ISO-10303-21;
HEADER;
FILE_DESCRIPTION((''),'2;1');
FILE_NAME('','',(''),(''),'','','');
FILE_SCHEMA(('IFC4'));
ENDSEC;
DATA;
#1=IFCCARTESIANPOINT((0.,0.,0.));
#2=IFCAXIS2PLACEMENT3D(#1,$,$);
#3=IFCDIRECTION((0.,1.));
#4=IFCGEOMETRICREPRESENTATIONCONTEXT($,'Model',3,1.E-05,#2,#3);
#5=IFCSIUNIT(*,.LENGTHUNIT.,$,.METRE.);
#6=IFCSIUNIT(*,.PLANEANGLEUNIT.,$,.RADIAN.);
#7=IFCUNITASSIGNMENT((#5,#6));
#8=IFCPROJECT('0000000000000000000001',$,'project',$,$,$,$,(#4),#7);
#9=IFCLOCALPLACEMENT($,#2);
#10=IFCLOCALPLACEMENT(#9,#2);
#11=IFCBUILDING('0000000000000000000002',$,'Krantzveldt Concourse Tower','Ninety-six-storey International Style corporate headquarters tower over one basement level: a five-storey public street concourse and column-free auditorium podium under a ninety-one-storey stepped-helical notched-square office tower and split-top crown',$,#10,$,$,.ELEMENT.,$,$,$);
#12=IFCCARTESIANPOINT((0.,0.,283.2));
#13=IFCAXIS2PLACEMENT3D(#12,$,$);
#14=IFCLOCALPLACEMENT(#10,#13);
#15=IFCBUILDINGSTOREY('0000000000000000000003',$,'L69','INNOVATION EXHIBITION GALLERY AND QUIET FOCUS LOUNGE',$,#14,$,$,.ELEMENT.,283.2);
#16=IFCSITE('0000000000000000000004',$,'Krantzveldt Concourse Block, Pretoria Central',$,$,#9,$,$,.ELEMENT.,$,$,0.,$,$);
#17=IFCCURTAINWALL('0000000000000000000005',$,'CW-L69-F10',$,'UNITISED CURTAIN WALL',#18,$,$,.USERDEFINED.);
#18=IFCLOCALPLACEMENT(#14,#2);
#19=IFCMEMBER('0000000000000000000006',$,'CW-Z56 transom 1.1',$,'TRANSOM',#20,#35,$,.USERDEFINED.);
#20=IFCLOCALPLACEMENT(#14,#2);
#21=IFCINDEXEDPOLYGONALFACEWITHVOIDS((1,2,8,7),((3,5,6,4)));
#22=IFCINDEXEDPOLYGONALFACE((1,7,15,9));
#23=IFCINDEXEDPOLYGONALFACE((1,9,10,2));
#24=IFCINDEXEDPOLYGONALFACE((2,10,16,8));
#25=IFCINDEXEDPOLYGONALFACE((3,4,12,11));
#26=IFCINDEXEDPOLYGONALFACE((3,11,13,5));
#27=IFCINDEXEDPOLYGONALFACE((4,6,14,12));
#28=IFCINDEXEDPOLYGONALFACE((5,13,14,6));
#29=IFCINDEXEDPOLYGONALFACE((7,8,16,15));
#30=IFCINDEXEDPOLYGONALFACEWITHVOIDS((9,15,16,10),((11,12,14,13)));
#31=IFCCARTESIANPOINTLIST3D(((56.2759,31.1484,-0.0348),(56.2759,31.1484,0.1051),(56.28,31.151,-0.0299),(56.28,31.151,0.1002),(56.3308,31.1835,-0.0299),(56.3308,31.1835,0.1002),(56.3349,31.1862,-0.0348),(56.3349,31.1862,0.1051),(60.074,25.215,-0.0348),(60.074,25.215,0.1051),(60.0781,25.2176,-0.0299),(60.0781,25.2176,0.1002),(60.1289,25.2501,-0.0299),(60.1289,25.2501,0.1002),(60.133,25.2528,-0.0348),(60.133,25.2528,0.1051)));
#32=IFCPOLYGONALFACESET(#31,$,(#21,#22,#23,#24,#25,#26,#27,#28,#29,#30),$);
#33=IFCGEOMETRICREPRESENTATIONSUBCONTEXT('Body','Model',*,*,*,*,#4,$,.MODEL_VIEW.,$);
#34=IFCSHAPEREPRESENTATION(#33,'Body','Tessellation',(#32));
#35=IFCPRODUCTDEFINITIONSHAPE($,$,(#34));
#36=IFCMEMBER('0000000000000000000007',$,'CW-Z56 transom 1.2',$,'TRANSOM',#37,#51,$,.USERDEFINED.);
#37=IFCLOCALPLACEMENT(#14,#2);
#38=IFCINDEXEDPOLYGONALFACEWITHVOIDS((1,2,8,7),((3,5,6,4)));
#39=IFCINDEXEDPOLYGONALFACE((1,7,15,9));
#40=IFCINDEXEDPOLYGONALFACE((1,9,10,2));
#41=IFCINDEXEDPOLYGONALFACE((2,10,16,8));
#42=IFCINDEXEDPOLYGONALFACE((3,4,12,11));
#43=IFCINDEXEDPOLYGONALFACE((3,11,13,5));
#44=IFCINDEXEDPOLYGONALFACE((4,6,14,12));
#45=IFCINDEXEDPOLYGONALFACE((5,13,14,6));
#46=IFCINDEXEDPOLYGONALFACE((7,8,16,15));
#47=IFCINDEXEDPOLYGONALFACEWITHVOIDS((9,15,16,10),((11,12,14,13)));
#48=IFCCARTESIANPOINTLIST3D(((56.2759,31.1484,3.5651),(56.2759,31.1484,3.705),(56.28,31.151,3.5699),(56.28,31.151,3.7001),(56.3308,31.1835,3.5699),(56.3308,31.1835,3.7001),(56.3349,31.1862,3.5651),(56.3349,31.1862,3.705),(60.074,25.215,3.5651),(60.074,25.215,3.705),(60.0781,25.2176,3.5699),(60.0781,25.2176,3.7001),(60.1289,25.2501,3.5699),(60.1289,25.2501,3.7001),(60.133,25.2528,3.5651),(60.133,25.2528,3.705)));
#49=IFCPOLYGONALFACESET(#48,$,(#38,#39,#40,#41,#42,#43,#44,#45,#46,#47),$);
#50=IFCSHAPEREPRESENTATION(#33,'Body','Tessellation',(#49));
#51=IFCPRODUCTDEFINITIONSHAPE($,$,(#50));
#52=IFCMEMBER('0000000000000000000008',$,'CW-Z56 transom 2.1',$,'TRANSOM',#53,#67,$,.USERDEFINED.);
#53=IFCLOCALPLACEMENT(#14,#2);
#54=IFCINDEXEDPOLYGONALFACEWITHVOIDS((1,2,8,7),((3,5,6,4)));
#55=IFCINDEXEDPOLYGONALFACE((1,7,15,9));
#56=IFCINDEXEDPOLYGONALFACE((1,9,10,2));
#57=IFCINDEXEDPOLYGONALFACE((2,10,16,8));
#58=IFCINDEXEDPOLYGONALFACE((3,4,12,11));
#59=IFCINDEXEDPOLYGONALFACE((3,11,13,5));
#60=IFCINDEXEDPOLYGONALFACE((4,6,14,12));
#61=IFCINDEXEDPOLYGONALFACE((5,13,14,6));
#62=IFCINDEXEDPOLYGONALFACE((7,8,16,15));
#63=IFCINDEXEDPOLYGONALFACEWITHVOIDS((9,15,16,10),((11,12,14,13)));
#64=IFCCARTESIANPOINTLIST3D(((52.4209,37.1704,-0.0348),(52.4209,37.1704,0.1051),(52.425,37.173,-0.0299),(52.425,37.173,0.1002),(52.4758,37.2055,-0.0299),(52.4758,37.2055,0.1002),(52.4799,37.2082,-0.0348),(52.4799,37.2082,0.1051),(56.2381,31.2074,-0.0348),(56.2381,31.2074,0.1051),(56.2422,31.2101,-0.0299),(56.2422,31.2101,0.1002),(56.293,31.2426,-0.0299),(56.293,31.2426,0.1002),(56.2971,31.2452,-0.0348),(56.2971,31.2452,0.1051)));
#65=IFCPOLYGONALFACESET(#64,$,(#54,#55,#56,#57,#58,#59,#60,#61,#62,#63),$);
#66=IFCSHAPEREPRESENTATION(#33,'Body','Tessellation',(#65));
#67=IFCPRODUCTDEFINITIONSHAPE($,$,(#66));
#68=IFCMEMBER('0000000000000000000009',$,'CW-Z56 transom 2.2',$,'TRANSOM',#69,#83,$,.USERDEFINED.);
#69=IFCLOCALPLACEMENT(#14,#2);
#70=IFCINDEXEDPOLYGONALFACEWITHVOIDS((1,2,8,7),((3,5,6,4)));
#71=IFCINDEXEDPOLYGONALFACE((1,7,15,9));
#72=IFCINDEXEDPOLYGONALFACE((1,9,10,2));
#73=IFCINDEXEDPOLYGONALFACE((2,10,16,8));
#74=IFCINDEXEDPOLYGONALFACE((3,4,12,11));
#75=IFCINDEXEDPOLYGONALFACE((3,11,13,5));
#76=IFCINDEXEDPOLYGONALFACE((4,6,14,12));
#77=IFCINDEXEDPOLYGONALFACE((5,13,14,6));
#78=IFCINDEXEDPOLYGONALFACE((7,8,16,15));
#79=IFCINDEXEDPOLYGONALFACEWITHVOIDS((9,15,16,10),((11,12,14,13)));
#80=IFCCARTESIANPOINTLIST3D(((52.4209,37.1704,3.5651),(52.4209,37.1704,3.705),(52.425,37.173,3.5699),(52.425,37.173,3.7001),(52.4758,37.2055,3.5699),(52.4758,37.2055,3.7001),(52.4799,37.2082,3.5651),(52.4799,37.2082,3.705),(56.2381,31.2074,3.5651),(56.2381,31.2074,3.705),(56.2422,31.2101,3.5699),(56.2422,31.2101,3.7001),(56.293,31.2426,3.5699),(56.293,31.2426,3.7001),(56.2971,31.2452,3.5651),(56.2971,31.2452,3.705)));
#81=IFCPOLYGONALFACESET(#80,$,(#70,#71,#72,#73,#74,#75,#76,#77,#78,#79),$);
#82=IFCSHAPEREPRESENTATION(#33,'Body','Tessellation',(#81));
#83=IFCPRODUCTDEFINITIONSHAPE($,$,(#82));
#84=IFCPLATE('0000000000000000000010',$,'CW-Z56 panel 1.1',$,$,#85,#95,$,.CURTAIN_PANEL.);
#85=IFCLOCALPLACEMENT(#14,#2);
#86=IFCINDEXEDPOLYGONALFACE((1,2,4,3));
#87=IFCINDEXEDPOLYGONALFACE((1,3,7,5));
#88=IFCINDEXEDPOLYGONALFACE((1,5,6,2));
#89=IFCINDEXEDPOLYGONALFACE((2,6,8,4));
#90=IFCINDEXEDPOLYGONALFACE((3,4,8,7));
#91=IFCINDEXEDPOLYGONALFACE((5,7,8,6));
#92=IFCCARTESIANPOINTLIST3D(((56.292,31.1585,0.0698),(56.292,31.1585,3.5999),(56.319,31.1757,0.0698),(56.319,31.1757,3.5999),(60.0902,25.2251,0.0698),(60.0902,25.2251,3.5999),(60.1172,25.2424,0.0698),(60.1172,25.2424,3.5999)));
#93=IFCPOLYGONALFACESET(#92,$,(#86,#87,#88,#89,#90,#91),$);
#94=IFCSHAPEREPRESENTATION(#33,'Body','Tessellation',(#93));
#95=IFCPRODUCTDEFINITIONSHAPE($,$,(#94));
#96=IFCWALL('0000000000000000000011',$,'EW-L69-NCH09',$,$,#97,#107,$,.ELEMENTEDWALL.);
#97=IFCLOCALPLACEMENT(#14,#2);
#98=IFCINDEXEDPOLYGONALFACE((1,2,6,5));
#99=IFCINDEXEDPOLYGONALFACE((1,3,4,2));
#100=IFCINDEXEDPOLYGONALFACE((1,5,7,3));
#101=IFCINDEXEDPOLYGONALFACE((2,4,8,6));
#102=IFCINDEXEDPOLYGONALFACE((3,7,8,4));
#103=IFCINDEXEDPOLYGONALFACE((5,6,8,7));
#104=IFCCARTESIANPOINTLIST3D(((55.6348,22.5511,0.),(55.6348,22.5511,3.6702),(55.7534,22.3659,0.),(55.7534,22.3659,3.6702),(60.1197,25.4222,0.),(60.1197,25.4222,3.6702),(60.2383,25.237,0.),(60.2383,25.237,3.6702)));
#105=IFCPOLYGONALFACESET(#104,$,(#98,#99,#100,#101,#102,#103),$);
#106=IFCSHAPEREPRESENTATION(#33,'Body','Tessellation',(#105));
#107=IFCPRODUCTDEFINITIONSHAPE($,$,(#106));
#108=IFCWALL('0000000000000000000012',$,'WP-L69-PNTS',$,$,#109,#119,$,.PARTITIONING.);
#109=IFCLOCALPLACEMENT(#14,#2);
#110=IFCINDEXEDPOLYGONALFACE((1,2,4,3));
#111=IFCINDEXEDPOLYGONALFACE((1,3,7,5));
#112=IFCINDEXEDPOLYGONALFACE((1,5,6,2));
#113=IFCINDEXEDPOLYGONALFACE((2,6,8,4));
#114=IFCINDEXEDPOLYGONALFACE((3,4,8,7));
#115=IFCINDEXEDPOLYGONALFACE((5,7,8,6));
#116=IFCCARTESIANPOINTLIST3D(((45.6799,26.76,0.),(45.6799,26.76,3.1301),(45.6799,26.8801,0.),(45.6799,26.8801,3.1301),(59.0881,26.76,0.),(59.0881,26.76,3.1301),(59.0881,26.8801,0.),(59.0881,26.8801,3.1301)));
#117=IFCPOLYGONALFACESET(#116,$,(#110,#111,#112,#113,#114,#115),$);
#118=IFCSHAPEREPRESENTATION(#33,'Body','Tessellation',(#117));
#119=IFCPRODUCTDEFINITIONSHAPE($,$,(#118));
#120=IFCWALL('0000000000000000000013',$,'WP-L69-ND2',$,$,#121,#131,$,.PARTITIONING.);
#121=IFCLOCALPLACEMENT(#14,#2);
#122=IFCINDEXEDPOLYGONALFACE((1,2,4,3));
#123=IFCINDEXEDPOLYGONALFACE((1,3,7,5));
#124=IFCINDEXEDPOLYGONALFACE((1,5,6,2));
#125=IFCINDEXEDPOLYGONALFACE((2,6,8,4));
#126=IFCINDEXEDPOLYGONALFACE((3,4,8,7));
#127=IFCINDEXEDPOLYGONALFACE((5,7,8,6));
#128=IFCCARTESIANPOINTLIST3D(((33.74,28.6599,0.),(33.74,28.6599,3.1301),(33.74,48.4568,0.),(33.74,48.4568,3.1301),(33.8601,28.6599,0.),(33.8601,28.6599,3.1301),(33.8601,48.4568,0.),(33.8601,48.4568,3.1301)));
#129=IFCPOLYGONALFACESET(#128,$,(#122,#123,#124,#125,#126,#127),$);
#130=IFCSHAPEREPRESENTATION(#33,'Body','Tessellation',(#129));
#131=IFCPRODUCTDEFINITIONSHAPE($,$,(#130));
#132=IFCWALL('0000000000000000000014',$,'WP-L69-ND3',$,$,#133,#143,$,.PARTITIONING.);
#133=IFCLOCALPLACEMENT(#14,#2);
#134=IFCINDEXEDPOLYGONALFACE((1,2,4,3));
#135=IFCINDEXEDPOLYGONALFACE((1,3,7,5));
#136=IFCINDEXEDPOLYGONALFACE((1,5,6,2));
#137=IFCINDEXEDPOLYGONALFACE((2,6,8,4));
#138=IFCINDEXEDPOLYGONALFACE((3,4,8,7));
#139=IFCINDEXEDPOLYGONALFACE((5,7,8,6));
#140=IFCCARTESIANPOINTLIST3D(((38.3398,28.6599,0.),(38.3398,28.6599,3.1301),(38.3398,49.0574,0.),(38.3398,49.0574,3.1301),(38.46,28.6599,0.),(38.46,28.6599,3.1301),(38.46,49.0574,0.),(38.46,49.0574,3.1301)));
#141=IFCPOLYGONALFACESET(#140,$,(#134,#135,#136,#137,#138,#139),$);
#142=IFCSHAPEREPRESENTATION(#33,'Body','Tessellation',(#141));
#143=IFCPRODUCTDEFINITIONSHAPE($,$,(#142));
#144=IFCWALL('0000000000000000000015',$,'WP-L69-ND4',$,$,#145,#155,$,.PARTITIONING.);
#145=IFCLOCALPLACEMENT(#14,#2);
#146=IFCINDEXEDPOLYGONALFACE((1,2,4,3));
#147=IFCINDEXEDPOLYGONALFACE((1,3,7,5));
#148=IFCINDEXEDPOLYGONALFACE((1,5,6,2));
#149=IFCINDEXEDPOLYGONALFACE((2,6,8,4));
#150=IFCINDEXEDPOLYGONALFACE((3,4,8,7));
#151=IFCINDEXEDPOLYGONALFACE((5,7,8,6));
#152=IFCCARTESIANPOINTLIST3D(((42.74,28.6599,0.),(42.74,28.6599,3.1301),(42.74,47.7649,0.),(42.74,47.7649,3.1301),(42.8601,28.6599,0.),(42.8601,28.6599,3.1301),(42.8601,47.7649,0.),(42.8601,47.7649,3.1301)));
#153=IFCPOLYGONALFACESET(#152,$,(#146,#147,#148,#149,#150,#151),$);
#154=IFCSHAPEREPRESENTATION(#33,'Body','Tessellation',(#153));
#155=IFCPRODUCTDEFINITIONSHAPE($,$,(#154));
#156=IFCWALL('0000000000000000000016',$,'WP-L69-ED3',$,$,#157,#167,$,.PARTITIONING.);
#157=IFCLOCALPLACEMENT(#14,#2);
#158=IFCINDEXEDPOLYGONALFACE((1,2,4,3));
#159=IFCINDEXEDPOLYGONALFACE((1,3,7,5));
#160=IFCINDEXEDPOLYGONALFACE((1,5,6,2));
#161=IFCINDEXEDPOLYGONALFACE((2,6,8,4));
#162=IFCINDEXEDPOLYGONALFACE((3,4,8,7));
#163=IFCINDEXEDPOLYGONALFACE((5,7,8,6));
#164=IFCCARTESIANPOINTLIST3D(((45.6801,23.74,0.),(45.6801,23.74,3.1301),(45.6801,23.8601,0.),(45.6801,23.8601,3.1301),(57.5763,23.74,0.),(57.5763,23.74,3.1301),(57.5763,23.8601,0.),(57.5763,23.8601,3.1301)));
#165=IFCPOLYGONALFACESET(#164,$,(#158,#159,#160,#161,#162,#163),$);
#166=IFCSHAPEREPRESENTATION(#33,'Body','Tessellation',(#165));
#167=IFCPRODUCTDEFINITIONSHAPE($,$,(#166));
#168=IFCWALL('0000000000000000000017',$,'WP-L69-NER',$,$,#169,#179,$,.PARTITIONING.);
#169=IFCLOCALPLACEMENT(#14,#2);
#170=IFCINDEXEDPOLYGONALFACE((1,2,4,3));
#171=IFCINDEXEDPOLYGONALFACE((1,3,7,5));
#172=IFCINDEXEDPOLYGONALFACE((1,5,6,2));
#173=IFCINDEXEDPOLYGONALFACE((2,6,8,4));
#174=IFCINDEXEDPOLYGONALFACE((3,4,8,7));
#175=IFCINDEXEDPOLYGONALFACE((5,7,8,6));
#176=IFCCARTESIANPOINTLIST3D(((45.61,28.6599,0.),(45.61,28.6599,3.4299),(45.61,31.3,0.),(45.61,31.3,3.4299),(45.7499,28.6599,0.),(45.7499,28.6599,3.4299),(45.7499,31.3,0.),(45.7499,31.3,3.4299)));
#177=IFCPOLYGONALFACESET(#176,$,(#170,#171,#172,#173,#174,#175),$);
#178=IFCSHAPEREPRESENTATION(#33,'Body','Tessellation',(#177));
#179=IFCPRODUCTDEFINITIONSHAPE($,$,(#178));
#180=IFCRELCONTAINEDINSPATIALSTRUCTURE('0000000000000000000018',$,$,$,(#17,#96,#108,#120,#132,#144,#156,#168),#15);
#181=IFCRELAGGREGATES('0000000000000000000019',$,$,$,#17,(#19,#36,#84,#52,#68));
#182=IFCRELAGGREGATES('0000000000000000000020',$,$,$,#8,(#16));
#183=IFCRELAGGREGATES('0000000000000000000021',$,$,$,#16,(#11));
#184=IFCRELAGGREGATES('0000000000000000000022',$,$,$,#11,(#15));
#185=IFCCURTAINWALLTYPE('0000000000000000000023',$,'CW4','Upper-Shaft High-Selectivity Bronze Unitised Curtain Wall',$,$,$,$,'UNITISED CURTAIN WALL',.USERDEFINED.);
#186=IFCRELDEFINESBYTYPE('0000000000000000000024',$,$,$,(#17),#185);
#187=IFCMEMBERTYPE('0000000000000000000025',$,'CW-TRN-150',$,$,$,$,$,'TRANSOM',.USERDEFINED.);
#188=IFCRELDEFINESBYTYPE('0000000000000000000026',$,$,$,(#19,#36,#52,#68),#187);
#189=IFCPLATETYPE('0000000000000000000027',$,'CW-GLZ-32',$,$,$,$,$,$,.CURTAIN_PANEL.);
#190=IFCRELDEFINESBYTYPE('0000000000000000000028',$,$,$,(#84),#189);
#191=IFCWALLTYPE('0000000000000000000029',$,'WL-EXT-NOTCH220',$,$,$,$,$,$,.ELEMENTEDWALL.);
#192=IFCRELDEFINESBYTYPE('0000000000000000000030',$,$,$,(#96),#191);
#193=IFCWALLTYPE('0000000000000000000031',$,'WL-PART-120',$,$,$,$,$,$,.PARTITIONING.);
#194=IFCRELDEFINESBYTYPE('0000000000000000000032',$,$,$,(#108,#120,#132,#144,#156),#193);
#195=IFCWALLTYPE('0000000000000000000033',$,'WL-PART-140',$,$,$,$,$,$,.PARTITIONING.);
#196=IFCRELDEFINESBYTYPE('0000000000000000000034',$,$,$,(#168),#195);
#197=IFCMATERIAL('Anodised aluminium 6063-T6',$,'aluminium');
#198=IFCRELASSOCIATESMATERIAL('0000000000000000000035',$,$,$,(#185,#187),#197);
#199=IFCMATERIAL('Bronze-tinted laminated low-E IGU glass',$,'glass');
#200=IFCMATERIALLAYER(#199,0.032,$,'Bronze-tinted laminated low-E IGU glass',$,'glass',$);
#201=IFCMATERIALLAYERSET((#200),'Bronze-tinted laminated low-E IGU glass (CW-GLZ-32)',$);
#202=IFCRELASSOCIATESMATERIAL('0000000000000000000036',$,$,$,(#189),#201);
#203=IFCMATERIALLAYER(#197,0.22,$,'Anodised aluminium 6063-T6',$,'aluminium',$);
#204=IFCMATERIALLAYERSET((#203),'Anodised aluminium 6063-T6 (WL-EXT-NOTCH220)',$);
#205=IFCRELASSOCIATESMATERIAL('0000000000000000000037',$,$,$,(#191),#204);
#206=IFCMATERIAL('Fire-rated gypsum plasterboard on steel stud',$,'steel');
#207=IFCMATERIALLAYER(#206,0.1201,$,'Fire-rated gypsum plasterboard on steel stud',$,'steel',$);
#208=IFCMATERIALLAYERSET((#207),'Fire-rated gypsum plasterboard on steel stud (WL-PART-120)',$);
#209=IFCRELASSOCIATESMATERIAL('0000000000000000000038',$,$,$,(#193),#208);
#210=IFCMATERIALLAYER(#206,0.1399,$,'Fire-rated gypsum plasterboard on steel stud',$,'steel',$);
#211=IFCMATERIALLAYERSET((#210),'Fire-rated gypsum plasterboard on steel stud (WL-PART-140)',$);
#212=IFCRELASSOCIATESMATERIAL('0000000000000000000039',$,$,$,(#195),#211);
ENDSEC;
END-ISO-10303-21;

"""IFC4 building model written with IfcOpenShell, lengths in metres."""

from ifc_helpers import new_model, si_unit, direction, frame, frame_2d, origin, origin_2d, place, context, subcontext, project, spatial, rectangle, hollow_rectangle, extrude, source, transform, mapped, material, layer, layer_set, material_profile, profile_set, type_object, type_shapes, element, aggregate, save


model = new_model("IFC4")

# Units and contexts
model_context = context("Model", 3, precision=1e-05, world=origin(), true_north=direction((0.0, 1.0)))
body_context = subcontext(model_context, "Body", "Model", "MODEL_VIEW")
ifc_project = project(units=[si_unit("LENGTHUNIT", "METRE"), si_unit("PLANEANGLEUNIT", "RADIAN")], contexts=[model_context])

# Site, building, storey
site_placement = place(None, origin())
site = spatial("IfcSite", under=ifc_project, at=site_placement, Name="Krantzveldt Concourse Block, Pretoria Central", CompositionType="ELEMENT", RefElevation=0.0)
building_placement = place(site_placement, origin())
building = spatial("IfcBuilding", under=site, at=building_placement, Name="Krantzveldt Concourse Tower", Description="Ninety-six-storey International Style corporate headquarters tower over one basement level: a five-storey public street concourse and column-free auditorium podium under a ninety-one-storey stepped-helical notched-square office tower and split-top crown", CompositionType="ELEMENT")
storey_placement = place(building_placement, frame((0.0, 0.0, 283.2)))
storey = spatial("IfcBuildingStorey", under=building, at=storey_placement, Name="L69", Description="INNOVATION EXHIBITION GALLERY AND QUIET FOCUS LOUNGE", CompositionType="ELEMENT", Elevation=283.2)

# Curtain wall, members, plate
ifc_material_1 = material(Name="Anodised aluminium 6063-T6", Category="aluminium")
curtain_wall_type = type_object("IfcCurtainWallType", Name="CW4", Description="Upper-Shaft High-Selectivity Bronze Unitised Curtain Wall", ElementType="UNITISED CURTAIN WALL", PredefinedType="USERDEFINED", material=ifc_material_1)
curtain_wall_placement = place(storey_placement, origin())
curtain_wall = element("IfcCurtainWall", 1, at=curtain_wall_placement, inside=storey, type_object=curtain_wall_type, Name="CW-L69-F10", ObjectType="UNITISED CURTAIN WALL", PredefinedType="USERDEFINED")
ifc_material_profile_1 = material_profile(ifc_material_1, hollow_rectangle(XDim=0.0701, YDim=0.1399, WallThickness=0.0049, at=origin_2d()), Name="Anodised aluminium 6063-T6", Category="aluminium")
ifc_profile_set_1 = profile_set([ifc_material_profile_1], Name="Anodised aluminium 6063-T6 - ALU-TRAN 140x70x5")
member_type_1 = type_object("IfcMemberType", Name="CW-TRN-150", ElementType="TRANSOM", PredefinedType="USERDEFINED", material=ifc_profile_set_1)
shared_shape_1 = source(origin(), body_context, "Body", "SweptSolid", [
    extrude(hollow_rectangle(XDim=0.0701, YDim=0.1399, WallThickness=0.0049, at=origin_2d()), origin(), (0.0, 0.0, 1.0), 7.0449),
])
member_1_placement = place(storey_placement, frame((60.1035, 25.2339, 0.0352), z_axis=(-0.539129, 0.842223, 0.0), x_axis=(-0.842223, -0.539129, 0.0)))
member_1 = element("IfcMember", 2, at=member_1_placement, type_object=member_type_1, Name="CW-Z56 transom 1.1", ObjectType="TRANSOM", PredefinedType="USERDEFINED", context=body_context, shape_type="MappedRepresentation", body=[
    mapped(shared_shape_1, transform((0.0, 0.0, 0.0), x_axis=(1.0, 0.0, 0.0), y_axis=(0.0, 1.0, 0.0), z_axis=(0.0, 0.0, 1.0), scale=1.0)),
])
member_2_placement = place(storey_placement, frame((60.1035, 25.2339, 3.635), z_axis=(-0.539129, 0.842223, 0.0), x_axis=(-0.842223, -0.539129, 0.0)))
member_2 = element("IfcMember", 3, at=member_2_placement, type_object=member_type_1, Name="CW-Z56 transom 1.2", ObjectType="TRANSOM", PredefinedType="USERDEFINED", context=body_context, shape_type="MappedRepresentation", body=[
    mapped(shared_shape_1, transform((0.0, 0.0, 0.0), x_axis=(1.0, 0.0, 0.0), y_axis=(0.0, 1.0, 0.0), z_axis=(0.0, 0.0, 1.0), scale=1.0)),
])
shared_shape_2 = source(origin(), body_context, "Body", "SweptSolid", [
    extrude(hollow_rectangle(XDim=0.0701, YDim=0.1399, WallThickness=0.0049, at=origin_2d()), origin(), (0.0, 0.0, 1.0), 7.0801),
])
type_shapes(member_type_1, [shared_shape_1, shared_shape_2])
member_3_placement = place(storey_placement, frame((56.2676, 31.2263, 0.0352), z_axis=(-0.539143, 0.842214, 0.0), x_axis=(-0.842214, -0.539143, 0.0)))
member_3 = element("IfcMember", 4, at=member_3_placement, type_object=member_type_1, Name="CW-Z56 transom 2.1", ObjectType="TRANSOM", PredefinedType="USERDEFINED", context=body_context, shape_type="MappedRepresentation", body=[
    mapped(shared_shape_2, transform((0.0, 0.0, 0.0), x_axis=(1.0, 0.0, 0.0), y_axis=(0.0, 1.0, 0.0), z_axis=(0.0, 0.0, 1.0), scale=1.0)),
])
member_4_placement = place(storey_placement, frame((56.2676, 31.2263, 3.635), z_axis=(-0.539143, 0.842214, 0.0), x_axis=(-0.842214, -0.539143, 0.0)))
member_4 = element("IfcMember", 5, at=member_4_placement, type_object=member_type_1, Name="CW-Z56 transom 2.2", ObjectType="TRANSOM", PredefinedType="USERDEFINED", context=body_context, shape_type="MappedRepresentation", body=[
    mapped(shared_shape_2, transform((0.0, 0.0, 0.0), x_axis=(1.0, 0.0, 0.0), y_axis=(0.0, 1.0, 0.0), z_axis=(0.0, 0.0, 1.0), scale=1.0)),
])
ifc_material_2 = material(Name="Bronze-tinted laminated low-E IGU glass", Category="glass")
ifc_layer_1 = layer(ifc_material_2, 0.032, Name="Bronze-tinted laminated low-E IGU glass", Category="glass")
ifc_layer_set_1 = layer_set([ifc_layer_1], Name="Bronze-tinted laminated low-E IGU glass (CW-GLZ-32)")
plate_type = type_object("IfcPlateType", Name="CW-GLZ-32", PredefinedType="CURTAIN_PANEL", material=ifc_layer_set_1)
shared_shape_3 = source(origin(), body_context, "Body", "SweptSolid", [
    extrude(rectangle(XDim=7.0449, YDim=0.032, at=origin_2d()), origin(), (0.0, 0.0, 1.0), 3.53),
])
type_shapes(plate_type, [shared_shape_3])
plate_placement = place(storey_placement, frame((58.2046, 28.2004, 0.0698), z_axis=(0.0, 0.0, 1.0), x_axis=(-0.539138, 0.842217, 0.0)))
plate = element("IfcPlate", 6, at=plate_placement, type_object=plate_type, Name="CW-Z56 panel 1.1", PredefinedType="CURTAIN_PANEL", context=body_context, shape_type="MappedRepresentation", body=[
    mapped(shared_shape_3, transform((0.0, 0.0, 0.0), x_axis=(1.0, 0.0, 0.0), y_axis=(0.0, 1.0, 0.0), z_axis=(0.0, 0.0, 1.0), scale=1.0)),
])
aggregate(curtain_wall, [member_1, member_2, plate, member_3, member_4])

# Walls
ifc_layer_2 = layer(ifc_material_1, 0.22, Name="Anodised aluminium 6063-T6", Category="aluminium")
ifc_layer_set_2 = layer_set([ifc_layer_2], Name="Anodised aluminium 6063-T6 (WL-EXT-NOTCH220)")
wall_type_1 = type_object("IfcWallType", Name="WL-EXT-NOTCH220", PredefinedType="ELEMENTEDWALL", material=ifc_layer_set_2)
wall_1_placement = place(storey_placement, frame((55.6941, 22.4585, 0.0), z_axis=(0.0, 0.0, 1.0), x_axis=(0.842205, 0.539158, 0.0)))
element("IfcWall", 7, at=wall_1_placement, inside=storey, type_object=wall_type_1, Name="EW-L69-NCH09", PredefinedType="ELEMENTEDWALL", context=body_context, shape_type="SweptSolid", body=[
    extrude(rectangle(XDim=5.3252, YDim=0.22, at=frame_2d((2.6626, 0.0))), origin(), (0.0, 0.0, 1.0), 3.6702),
])
ifc_material_3 = material(Name="Fire-rated gypsum plasterboard on steel stud", Category="steel")
ifc_layer_3 = layer(ifc_material_3, 0.1201, Name="Fire-rated gypsum plasterboard on steel stud", Category="steel")
ifc_layer_set_3 = layer_set([ifc_layer_3], Name="Fire-rated gypsum plasterboard on steel stud (WL-PART-120)")
wall_type_2 = type_object("IfcWallType", Name="WL-PART-120", PredefinedType="PARTITIONING", material=ifc_layer_set_3)
wall_2_placement = place(storey_placement, frame((45.6799, 26.8201, 0.0), z_axis=(0.0, 0.0, 1.0), x_axis=(1.0, 0.0, 0.0)))
element("IfcWall", 8, at=wall_2_placement, inside=storey, type_object=wall_type_2, Name="WP-L69-PNTS", PredefinedType="PARTITIONING", context=body_context, shape_type="SweptSolid", body=[
    extrude(rectangle(XDim=13.4082, YDim=0.1201, at=frame_2d((6.7041, 0.0))), origin(), (0.0, 0.0, 1.0), 3.1301),
])
wall_3_placement = place(storey_placement, frame((33.8, 28.6599, 0.0), z_axis=(0.0, 0.0, 1.0), x_axis=(0.0, 1.0, 0.0)))
element("IfcWall", 9, at=wall_3_placement, inside=storey, type_object=wall_type_2, Name="WP-L69-ND2", PredefinedType="PARTITIONING", context=body_context, shape_type="SweptSolid", body=[
    extrude(rectangle(XDim=19.7969, YDim=0.1201, at=frame_2d((9.8984, 0.0))), origin(), (0.0, 0.0, 1.0), 3.1301),
])
wall_4_placement = place(storey_placement, frame((38.3999, 28.6599, 0.0), z_axis=(0.0, 0.0, 1.0), x_axis=(0.0, 1.0, 0.0)))
element("IfcWall", 10, at=wall_4_placement, inside=storey, type_object=wall_type_2, Name="WP-L69-ND3", PredefinedType="PARTITIONING", context=body_context, shape_type="SweptSolid", body=[
    extrude(rectangle(XDim=20.3975, YDim=0.1201, at=frame_2d((10.1987, 0.0))), origin(), (0.0, 0.0, 1.0), 3.1301),
])
wall_5_placement = place(storey_placement, frame((42.8, 28.6599, 0.0), z_axis=(0.0, 0.0, 1.0), x_axis=(0.0, 1.0, 0.0)))
element("IfcWall", 11, at=wall_5_placement, inside=storey, type_object=wall_type_2, Name="WP-L69-ND4", PredefinedType="PARTITIONING", context=body_context, shape_type="SweptSolid", body=[
    extrude(rectangle(XDim=19.105, YDim=0.1201, at=frame_2d((9.5525, 0.0))), origin(), (0.0, 0.0, 1.0), 3.1301),
])
wall_6_placement = place(storey_placement, frame((45.6799, 23.8, 0.0), z_axis=(0.0, 0.0, 1.0), x_axis=(1.0, 0.0, 0.0)))
element("IfcWall", 12, at=wall_6_placement, inside=storey, type_object=wall_type_2, Name="WP-L69-ED3", PredefinedType="PARTITIONING", context=body_context, shape_type="SweptSolid", body=[
    extrude(rectangle(XDim=11.8962, YDim=0.1201, at=frame_2d((5.9482, 0.0))), origin(), (0.0, 0.0, 1.0), 3.1301),
])
ifc_layer_4 = layer(ifc_material_3, 0.1399, Name="Fire-rated gypsum plasterboard on steel stud", Category="steel")
ifc_layer_set_4 = layer_set([ifc_layer_4], Name="Fire-rated gypsum plasterboard on steel stud (WL-PART-140)")
wall_type_3 = type_object("IfcWallType", Name="WL-PART-140", PredefinedType="PARTITIONING", material=ifc_layer_set_4)
wall_7_placement = place(storey_placement, frame((45.6799, 28.6599, 0.0), z_axis=(0.0, 0.0, 1.0), x_axis=(0.0, 1.0, 0.0)))
element("IfcWall", 13, at=wall_7_placement, inside=storey, type_object=wall_type_3, Name="WP-L69-NER", PredefinedType="PARTITIONING", context=body_context, shape_type="SweptSolid", body=[
    extrude(rectangle(XDim=2.6401, YDim=0.1399, at=frame_2d((1.3201, 0.0))), origin(), (0.0, 0.0, 1.0), 3.4299),
])

save(model, "model.ifc")
